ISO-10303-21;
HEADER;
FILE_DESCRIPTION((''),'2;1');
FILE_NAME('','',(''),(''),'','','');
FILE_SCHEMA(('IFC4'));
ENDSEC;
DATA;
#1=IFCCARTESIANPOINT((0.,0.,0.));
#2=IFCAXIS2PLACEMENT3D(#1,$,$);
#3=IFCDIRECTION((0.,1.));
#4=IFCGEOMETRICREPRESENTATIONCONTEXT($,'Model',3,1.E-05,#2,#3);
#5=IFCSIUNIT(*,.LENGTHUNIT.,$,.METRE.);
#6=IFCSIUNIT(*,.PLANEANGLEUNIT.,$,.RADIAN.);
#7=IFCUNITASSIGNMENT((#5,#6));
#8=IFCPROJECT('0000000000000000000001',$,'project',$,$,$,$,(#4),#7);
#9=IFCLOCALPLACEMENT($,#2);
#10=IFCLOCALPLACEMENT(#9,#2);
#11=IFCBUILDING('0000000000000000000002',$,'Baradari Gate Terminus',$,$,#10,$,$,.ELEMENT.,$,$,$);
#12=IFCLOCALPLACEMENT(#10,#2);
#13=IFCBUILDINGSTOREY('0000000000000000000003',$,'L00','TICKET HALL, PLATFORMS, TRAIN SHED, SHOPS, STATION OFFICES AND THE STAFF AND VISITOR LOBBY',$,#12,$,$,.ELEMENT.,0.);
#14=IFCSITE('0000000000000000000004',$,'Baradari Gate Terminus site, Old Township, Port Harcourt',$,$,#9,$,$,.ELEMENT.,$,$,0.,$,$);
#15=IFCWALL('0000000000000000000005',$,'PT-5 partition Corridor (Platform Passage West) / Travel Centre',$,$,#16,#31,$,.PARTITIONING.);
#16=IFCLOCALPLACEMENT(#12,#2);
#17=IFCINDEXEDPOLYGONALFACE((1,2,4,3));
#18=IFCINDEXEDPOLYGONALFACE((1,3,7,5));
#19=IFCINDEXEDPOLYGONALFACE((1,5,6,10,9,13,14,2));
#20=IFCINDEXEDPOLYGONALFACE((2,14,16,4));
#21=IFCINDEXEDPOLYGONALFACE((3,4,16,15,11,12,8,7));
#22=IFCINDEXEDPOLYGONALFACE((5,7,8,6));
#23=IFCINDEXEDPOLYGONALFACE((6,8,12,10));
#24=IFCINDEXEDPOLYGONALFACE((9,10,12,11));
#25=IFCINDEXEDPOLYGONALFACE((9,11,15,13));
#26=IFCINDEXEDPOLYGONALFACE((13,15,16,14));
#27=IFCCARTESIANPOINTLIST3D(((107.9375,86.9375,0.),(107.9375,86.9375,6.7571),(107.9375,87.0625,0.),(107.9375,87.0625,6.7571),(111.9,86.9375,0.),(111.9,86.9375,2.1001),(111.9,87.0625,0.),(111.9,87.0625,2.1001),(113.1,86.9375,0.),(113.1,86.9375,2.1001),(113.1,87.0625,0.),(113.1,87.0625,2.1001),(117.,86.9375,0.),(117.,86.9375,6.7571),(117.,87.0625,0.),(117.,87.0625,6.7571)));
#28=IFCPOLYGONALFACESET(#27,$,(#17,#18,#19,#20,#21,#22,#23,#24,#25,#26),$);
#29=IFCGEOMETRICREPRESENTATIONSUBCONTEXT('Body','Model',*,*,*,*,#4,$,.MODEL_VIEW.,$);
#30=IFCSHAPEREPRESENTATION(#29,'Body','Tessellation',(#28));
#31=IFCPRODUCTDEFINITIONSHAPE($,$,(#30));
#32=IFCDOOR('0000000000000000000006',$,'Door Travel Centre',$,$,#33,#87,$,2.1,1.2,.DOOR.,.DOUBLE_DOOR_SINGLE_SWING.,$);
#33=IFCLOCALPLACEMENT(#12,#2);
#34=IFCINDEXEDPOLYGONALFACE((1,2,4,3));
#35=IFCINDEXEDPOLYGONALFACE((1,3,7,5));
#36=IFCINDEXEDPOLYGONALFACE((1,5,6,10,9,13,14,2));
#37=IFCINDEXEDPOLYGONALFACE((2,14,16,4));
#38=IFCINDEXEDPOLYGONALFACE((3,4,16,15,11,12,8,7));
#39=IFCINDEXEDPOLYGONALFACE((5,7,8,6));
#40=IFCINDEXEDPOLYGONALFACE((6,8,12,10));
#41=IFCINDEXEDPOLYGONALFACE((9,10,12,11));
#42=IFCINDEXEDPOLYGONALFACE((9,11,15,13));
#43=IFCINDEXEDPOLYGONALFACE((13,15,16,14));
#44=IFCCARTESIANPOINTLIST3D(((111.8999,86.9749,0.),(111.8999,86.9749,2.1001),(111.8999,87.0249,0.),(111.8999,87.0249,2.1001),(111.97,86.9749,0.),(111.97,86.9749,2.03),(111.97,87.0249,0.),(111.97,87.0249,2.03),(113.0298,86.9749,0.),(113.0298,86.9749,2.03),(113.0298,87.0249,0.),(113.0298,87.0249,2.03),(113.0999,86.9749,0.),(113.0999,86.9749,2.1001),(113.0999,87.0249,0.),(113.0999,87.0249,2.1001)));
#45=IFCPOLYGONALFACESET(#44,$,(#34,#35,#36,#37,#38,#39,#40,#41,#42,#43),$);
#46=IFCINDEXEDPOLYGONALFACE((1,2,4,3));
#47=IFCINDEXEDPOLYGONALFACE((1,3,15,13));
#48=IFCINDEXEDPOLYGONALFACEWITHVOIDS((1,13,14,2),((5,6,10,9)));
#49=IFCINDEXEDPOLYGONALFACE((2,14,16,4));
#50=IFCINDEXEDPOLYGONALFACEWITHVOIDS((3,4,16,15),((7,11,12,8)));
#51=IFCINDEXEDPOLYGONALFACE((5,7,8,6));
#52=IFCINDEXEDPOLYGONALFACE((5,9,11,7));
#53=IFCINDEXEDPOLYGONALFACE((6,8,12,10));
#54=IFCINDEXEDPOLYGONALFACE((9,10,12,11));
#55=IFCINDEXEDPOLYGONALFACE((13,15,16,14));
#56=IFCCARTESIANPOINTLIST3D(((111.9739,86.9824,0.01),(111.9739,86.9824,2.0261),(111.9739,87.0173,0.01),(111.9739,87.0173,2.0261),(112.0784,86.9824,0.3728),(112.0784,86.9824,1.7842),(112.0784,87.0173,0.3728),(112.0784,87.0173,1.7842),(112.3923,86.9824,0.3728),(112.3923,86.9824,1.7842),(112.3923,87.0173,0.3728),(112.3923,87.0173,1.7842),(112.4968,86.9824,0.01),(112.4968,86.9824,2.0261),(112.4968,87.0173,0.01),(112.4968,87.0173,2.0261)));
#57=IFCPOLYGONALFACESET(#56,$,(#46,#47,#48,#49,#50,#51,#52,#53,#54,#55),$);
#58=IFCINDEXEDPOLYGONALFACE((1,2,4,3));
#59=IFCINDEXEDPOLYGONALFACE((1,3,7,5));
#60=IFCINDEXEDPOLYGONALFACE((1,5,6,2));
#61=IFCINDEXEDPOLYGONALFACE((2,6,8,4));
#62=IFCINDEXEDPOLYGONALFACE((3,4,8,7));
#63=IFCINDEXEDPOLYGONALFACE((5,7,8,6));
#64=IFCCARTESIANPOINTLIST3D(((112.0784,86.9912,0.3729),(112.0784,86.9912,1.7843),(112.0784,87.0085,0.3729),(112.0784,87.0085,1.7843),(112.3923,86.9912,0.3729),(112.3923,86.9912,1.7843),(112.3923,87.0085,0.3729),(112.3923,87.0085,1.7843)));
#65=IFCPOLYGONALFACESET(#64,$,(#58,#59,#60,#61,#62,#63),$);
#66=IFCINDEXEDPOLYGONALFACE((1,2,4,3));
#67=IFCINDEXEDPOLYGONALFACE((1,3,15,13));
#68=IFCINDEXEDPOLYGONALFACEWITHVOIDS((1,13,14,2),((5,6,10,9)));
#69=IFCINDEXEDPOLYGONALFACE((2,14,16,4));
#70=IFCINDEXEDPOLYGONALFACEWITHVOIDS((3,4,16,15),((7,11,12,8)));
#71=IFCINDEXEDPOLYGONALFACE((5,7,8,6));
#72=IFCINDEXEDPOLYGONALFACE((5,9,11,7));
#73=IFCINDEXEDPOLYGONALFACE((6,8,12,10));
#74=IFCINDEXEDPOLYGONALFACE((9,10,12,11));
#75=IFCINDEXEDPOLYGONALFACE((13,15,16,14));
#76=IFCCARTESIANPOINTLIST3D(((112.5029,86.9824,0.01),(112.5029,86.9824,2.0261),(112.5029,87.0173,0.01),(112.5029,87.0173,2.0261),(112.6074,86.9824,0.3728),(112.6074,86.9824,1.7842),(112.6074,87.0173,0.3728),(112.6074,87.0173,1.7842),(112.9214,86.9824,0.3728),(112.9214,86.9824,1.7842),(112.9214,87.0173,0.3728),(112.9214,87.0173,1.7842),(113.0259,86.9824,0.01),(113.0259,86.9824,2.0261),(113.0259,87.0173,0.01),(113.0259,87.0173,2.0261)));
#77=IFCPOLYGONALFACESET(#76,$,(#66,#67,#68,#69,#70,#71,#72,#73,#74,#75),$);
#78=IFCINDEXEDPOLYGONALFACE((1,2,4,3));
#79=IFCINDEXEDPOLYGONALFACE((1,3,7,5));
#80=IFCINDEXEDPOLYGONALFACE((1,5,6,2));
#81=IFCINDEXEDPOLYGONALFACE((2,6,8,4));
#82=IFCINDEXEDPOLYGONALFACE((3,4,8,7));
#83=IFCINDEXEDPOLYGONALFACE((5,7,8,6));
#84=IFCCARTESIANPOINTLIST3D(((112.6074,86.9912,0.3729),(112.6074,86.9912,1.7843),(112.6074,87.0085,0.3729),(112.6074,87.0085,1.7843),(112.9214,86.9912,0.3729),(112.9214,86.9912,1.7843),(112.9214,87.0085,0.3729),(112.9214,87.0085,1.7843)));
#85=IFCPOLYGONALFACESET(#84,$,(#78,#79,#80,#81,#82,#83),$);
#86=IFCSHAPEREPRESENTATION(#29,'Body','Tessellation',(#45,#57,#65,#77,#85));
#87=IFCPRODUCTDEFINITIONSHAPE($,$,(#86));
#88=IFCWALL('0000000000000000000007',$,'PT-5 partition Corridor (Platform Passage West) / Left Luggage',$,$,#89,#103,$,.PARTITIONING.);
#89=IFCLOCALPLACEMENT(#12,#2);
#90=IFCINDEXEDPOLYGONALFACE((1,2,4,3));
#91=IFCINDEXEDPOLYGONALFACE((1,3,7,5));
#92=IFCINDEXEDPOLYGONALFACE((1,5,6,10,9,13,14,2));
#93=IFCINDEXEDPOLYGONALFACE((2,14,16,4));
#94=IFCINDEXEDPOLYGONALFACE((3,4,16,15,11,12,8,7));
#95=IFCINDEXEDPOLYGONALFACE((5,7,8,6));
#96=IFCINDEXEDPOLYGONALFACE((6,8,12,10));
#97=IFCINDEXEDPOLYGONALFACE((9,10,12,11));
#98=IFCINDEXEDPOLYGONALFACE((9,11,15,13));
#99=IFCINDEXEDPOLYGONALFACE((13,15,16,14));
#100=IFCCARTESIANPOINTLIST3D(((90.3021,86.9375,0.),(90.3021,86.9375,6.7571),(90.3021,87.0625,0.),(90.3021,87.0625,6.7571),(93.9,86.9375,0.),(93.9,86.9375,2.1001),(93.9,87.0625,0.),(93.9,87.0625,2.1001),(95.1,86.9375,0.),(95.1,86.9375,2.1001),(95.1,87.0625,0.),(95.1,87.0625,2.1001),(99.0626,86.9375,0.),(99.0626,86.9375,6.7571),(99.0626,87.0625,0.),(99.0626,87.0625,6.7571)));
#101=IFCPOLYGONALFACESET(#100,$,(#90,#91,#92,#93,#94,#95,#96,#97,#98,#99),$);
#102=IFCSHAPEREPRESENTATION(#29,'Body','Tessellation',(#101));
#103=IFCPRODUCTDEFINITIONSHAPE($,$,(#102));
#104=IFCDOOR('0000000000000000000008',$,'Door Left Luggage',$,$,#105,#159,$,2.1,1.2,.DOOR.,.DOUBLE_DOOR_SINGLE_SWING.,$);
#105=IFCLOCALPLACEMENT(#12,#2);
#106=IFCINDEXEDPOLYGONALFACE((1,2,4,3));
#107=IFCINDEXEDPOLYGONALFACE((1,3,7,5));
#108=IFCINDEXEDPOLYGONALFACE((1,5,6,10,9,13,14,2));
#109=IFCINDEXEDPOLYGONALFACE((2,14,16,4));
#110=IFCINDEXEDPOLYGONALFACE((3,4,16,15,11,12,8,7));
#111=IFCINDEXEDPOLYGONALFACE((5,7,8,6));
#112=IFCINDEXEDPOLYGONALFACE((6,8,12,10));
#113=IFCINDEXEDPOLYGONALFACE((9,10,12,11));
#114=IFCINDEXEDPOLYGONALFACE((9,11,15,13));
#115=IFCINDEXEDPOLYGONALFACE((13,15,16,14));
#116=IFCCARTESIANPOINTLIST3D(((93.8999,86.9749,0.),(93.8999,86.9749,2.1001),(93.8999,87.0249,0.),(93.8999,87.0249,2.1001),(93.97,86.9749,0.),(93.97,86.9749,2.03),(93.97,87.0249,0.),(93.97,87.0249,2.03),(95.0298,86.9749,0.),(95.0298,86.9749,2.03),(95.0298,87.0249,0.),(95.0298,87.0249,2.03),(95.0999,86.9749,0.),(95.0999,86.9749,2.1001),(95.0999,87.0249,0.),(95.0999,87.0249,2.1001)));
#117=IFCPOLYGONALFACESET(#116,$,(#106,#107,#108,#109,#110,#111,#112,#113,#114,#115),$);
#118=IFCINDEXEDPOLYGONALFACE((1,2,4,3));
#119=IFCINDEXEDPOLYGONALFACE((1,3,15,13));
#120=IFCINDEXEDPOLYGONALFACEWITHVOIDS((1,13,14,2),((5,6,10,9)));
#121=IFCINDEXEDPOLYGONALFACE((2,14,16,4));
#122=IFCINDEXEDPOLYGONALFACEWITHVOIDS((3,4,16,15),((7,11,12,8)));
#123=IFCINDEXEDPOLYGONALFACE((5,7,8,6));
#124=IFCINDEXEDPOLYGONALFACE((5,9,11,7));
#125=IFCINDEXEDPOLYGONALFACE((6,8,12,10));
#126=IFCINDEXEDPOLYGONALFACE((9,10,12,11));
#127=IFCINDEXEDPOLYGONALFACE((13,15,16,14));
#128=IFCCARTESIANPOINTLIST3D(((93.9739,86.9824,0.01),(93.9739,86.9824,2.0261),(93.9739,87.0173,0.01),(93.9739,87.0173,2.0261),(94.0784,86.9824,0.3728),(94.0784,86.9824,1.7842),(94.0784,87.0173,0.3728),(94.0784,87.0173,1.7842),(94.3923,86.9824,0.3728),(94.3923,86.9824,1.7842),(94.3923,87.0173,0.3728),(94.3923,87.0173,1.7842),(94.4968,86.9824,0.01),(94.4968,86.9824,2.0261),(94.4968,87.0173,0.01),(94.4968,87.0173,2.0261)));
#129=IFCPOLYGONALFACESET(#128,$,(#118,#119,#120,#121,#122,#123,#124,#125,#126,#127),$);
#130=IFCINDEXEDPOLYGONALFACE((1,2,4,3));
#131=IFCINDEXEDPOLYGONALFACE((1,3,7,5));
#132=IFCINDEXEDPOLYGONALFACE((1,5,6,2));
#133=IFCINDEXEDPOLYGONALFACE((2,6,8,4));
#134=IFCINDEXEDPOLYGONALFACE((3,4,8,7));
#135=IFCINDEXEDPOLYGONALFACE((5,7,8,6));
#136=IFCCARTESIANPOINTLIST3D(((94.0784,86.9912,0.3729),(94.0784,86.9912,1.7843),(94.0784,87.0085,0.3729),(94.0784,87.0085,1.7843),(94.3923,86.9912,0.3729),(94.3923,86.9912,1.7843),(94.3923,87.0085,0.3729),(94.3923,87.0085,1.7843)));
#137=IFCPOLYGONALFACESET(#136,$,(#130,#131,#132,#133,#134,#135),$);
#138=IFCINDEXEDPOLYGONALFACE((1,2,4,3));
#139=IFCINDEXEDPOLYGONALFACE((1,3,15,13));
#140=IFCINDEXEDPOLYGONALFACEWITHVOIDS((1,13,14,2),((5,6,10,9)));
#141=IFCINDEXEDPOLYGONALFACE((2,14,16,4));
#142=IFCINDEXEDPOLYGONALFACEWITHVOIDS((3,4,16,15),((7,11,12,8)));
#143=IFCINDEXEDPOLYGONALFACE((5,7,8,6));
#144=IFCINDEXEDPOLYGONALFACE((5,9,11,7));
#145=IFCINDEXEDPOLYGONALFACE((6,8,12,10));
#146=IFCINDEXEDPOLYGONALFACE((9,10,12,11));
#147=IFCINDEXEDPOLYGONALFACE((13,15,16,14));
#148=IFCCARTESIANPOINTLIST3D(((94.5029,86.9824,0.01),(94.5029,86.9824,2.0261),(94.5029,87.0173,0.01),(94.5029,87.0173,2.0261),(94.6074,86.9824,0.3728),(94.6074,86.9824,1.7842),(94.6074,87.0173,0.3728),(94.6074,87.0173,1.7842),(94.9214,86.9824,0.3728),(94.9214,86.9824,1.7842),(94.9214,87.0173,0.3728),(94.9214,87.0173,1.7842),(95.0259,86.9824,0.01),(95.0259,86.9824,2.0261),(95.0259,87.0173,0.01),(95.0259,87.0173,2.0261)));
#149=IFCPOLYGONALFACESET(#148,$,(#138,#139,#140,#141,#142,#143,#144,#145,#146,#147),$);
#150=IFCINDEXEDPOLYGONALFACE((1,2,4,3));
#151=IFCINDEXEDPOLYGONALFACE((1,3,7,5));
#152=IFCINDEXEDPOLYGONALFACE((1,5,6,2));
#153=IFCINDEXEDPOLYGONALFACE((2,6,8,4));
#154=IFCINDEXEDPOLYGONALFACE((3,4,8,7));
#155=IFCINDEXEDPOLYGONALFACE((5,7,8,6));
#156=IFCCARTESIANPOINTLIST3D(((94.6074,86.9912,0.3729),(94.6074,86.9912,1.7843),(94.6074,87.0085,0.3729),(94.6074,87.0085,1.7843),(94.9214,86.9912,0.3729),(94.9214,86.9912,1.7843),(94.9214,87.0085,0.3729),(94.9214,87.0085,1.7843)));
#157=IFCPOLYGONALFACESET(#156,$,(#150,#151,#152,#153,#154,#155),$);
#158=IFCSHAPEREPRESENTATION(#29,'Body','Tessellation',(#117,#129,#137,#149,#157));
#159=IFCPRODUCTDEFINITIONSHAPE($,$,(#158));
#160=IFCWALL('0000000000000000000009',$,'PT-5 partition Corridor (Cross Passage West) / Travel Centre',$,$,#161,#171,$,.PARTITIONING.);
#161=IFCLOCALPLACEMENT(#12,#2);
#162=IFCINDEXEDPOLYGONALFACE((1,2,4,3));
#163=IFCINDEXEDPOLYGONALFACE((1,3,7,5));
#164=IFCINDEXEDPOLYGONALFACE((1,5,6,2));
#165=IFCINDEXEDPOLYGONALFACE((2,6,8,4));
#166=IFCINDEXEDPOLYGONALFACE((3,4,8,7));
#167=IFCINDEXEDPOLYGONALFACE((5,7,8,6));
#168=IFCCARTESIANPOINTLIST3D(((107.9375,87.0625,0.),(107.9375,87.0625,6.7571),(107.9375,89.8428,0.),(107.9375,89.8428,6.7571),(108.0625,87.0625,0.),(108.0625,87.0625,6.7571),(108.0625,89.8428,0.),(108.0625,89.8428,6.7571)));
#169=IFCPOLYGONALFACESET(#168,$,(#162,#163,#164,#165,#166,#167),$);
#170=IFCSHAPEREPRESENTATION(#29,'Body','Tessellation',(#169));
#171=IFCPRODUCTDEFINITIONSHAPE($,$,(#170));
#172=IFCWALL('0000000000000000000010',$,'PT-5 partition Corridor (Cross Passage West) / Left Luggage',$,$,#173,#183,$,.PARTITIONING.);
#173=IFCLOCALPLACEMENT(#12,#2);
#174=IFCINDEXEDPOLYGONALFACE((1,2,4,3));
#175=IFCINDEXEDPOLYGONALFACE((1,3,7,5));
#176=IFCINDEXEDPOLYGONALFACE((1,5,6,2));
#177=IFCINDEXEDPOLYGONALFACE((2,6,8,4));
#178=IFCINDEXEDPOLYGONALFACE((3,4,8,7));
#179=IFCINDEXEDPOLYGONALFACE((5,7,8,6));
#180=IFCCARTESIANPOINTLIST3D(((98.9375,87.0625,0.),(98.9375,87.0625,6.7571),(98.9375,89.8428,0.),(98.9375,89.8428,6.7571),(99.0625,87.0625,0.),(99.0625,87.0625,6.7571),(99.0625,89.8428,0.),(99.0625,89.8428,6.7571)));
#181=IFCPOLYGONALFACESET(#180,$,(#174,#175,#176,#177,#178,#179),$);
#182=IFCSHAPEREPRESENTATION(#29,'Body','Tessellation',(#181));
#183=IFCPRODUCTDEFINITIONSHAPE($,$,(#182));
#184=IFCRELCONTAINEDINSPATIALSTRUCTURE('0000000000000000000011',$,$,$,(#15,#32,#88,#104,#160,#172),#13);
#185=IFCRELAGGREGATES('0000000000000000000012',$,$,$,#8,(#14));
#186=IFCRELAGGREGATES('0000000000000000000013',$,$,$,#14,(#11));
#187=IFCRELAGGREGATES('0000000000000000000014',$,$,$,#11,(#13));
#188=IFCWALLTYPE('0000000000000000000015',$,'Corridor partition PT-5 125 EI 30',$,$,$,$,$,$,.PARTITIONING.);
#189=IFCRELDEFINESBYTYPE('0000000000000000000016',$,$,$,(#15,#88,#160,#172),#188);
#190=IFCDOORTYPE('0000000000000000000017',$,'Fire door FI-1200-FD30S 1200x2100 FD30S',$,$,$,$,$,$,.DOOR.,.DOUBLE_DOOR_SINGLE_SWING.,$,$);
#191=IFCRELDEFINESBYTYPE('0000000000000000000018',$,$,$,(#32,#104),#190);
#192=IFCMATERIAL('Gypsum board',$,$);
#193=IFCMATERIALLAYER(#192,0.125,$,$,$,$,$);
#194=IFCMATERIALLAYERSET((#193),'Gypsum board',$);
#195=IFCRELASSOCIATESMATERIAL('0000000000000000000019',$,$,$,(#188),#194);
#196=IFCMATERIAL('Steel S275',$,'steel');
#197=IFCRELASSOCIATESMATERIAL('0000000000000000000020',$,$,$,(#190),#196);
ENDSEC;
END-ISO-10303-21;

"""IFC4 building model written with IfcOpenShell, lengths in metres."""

from ifc_helpers import new_model, si_unit, direction, frame, frame_2d, origin, place, context, subcontext, project, spatial, polyline, rectangle, outline, extrude, material, layer, layer_set, type_object, element, fill, save


model = new_model("IFC4")

# Units and contexts
model_context = context("Model", 3, precision=1e-05, world=origin(), true_north=direction((0.0, 1.0)))
body_context = subcontext(model_context, "Body", "Model", "MODEL_VIEW")
ifc_project = project(units=[si_unit("LENGTHUNIT", "METRE"), si_unit("PLANEANGLEUNIT", "RADIAN")], contexts=[model_context])

# Site, building, storey
site_placement = place(None, origin())
site = spatial("IfcSite", under=ifc_project, at=site_placement, Name="Baradari Gate Terminus site, Old Township, Port Harcourt", CompositionType="ELEMENT", RefElevation=0.0)
building_placement = place(site_placement, origin())
building = spatial("IfcBuilding", under=site, at=building_placement, Name="Baradari Gate Terminus", CompositionType="ELEMENT")
storey_placement = place(building_placement, origin())
storey = spatial("IfcBuildingStorey", under=building, at=storey_placement, Name="L00", Description="TICKET HALL, PLATFORMS, TRAIN SHED, SHOPS, STATION OFFICES AND THE STAFF AND VISITOR LOBBY", CompositionType="ELEMENT", Elevation=0.0)

# Walls, openings, doors
ifc_material_1 = material(Name="Gypsum board")
ifc_layer = layer(ifc_material_1, 0.125)
ifc_layer_set = layer_set([ifc_layer], Name="Gypsum board")
wall_type = type_object("IfcWallType", Name="Corridor partition PT-5 125 EI 30", PredefinedType="PARTITIONING", material=ifc_layer_set)
wall_1_placement = place(storey_placement, frame((107.9375, 87.0, 0.0), z_axis=(0.0, 0.0, 1.0), x_axis=(1.0, 0.0, 0.0)))
wall_1 = element("IfcWall", 1, at=wall_1_placement, inside=storey, type_object=wall_type, Name="PT-5 partition Corridor (Platform Passage West) / Travel Centre", PredefinedType="PARTITIONING", context=body_context, shape_type="SweptSolid", body=[
    extrude(rectangle(XDim=9.0625, YDim=0.125, at=frame_2d((4.5312, 0.0))), origin(), (0.0, 0.0, 1.0), 6.7571),
])
opening_1_placement = place(wall_1_placement, frame((3.9624, 0.0, 0.0)))
opening_1 = element("IfcOpeningElement", 2, at=opening_1_placement, cuts=wall_1, PredefinedType="OPENING", context=body_context, shape_type="SweptSolid", body=[
    extrude(rectangle(XDim=1.2, YDim=2.1001, at=frame_2d((0.6001, 1.05))), frame((0.0, 0.0725, 0.0), z_axis=(0.0, -1.0, 0.0), x_axis=(1.0, 0.0, 0.0)), (0.0, 0.0, 1.0), 0.145),
])
ifc_material_2 = material(Name="Steel S275", Category="steel")
door_type = type_object("IfcDoorType", Name="Fire door FI-1200-FD30S 1200x2100 FD30S", OperationType="DOUBLE_DOOR_SINGLE_SWING", PredefinedType="DOOR", material=ifc_material_2)
door_1_placement = place(opening_1_placement, origin())
door_1 = element("IfcDoor", 3, at=door_1_placement, inside=storey, type_object=door_type, Name="Door Travel Centre", OperationType="DOUBLE_DOOR_SINGLE_SWING", OverallHeight=2.1, OverallWidth=1.2, PredefinedType="DOOR", context=body_context, shape_type="SweptSolid", body=[
    extrude(outline(polyline([(0.0, 0.0), (0.0701, 0.0), (0.0701, 2.03), (1.1299, 2.03), (1.1299, 0.0), (1.2, 0.0), (1.2, 2.1001), (0.0, 2.1001), (0.0, 0.0)])), frame((0.0, 0.0249, 0.0), z_axis=(0.0, -1.0, 0.0), x_axis=(1.0, 0.0, 0.0)), (0.0, 0.0, 1.0), 0.05),
    extrude(outline(polyline([(0.074, 0.01), (0.5969, 0.01), (0.5969, 2.0261), (0.074, 2.0261), (0.074, 0.01)]), holes=[polyline([(0.1785, 0.3728), (0.4924, 0.3728), (0.4924, 1.7842), (0.1785, 1.7842), (0.1785, 0.3728)])]), frame((0.0, 0.0173, 0.0), z_axis=(0.0, -1.0, 0.0), x_axis=(1.0, 0.0, 0.0)), (0.0, 0.0, 1.0), 0.0349),
    extrude(rectangle(XDim=0.314, YDim=1.4114, at=frame_2d((0.3354, 1.0786))), frame((0.0, 0.0085, 0.0), z_axis=(0.0, -1.0, 0.0), x_axis=(1.0, 0.0, 0.0)), (0.0, 0.0, 1.0), 0.0173),
    extrude(outline(polyline([(0.603, 0.01), (1.126, 0.01), (1.126, 2.0261), (0.603, 2.0261), (0.603, 0.01)]), holes=[polyline([(0.7075, 0.3728), (1.0215, 0.3728), (1.0215, 1.7842), (0.7075, 1.7842), (0.7075, 0.3728)])]), frame((0.0, 0.0173, 0.0), z_axis=(0.0, -1.0, 0.0), x_axis=(1.0, 0.0, 0.0)), (0.0, 0.0, 1.0), 0.0349),
    extrude(rectangle(XDim=0.314, YDim=1.4114, at=frame_2d((0.8645, 1.0786))), frame((0.0, 0.0085, 0.0), z_axis=(0.0, -1.0, 0.0), x_axis=(1.0, 0.0, 0.0)), (0.0, 0.0, 1.0), 0.0173),
])
fill(opening_1, door_1)
wall_2_placement = place(storey_placement, frame((90.302, 87.0, 0.0), z_axis=(0.0, 0.0, 1.0), x_axis=(1.0, 0.0, 0.0)))
wall_2 = element("IfcWall", 4, at=wall_2_placement, inside=storey, type_object=wall_type, Name="PT-5 partition Corridor (Platform Passage West) / Left Luggage", PredefinedType="PARTITIONING", context=body_context, shape_type="SweptSolid", body=[
    extrude(rectangle(XDim=8.7605, YDim=0.125, at=frame_2d((4.3804, 0.0))), origin(), (0.0, 0.0, 1.0), 6.7571),
])
opening_2_placement = place(wall_2_placement, frame((3.5979, 0.0, 0.0)))
opening_2 = element("IfcOpeningElement", 5, at=opening_2_placement, cuts=wall_2, PredefinedType="OPENING", context=body_context, shape_type="SweptSolid", body=[
    extrude(rectangle(XDim=1.2, YDim=2.1001, at=frame_2d((0.6001, 1.05))), frame((0.0, 0.0725, 0.0), z_axis=(0.0, -1.0, 0.0), x_axis=(1.0, 0.0, 0.0)), (0.0, 0.0, 1.0), 0.145),
])
door_2_placement = place(opening_2_placement, origin())
door_2 = element("IfcDoor", 6, at=door_2_placement, inside=storey, type_object=door_type, Name="Door Left Luggage", OperationType="DOUBLE_DOOR_SINGLE_SWING", OverallHeight=2.1, OverallWidth=1.2, PredefinedType="DOOR", context=body_context, shape_type="SweptSolid", body=[
    extrude(outline(polyline([(0.0, 0.0), (0.0701, 0.0), (0.0701, 2.03), (1.1299, 2.03), (1.1299, 0.0), (1.2, 0.0), (1.2, 2.1001), (0.0, 2.1001), (0.0, 0.0)])), frame((0.0, 0.0249, 0.0), z_axis=(0.0, -1.0, 0.0), x_axis=(1.0, 0.0, 0.0)), (0.0, 0.0, 1.0), 0.05),
    extrude(outline(polyline([(0.074, 0.01), (0.5969, 0.01), (0.5969, 2.0261), (0.074, 2.0261), (0.074, 0.01)]), holes=[polyline([(0.1785, 0.3728), (0.4924, 0.3728), (0.4924, 1.7842), (0.1785, 1.7842), (0.1785, 0.3728)])]), frame((0.0, 0.0173, 0.0), z_axis=(0.0, -1.0, 0.0), x_axis=(1.0, 0.0, 0.0)), (0.0, 0.0, 1.0), 0.0349),
    extrude(rectangle(XDim=0.314, YDim=1.4114, at=frame_2d((0.3354, 1.0786))), frame((0.0, 0.0085, 0.0), z_axis=(0.0, -1.0, 0.0), x_axis=(1.0, 0.0, 0.0)), (0.0, 0.0, 1.0), 0.0173),
    extrude(outline(polyline([(0.603, 0.01), (1.126, 0.01), (1.126, 2.0261), (0.603, 2.0261), (0.603, 0.01)]), holes=[polyline([(0.7075, 0.3728), (1.0215, 0.3728), (1.0215, 1.7842), (0.7075, 1.7842), (0.7075, 0.3728)])]), frame((0.0, 0.0173, 0.0), z_axis=(0.0, -1.0, 0.0), x_axis=(1.0, 0.0, 0.0)), (0.0, 0.0, 1.0), 0.0349),
    extrude(rectangle(XDim=0.314, YDim=1.4114, at=frame_2d((0.8645, 1.0786))), frame((0.0, 0.0085, 0.0), z_axis=(0.0, -1.0, 0.0), x_axis=(1.0, 0.0, 0.0)), (0.0, 0.0, 1.0), 0.0173),
])
fill(opening_2, door_2)

# Walls
for number, where, z_axis, x_axis, name in (
    (7, (108.0, 89.8428, 0.0), (0.0, 0.0, 1.0), (0.0, -1.0, 0.0), "PT-5 partition Corridor (Cross Passage West) / Travel Centre"),
    (8, (99.0, 87.0625, 0.0), (0.0, 0.0, 1.0), (0.0, 1.0, 0.0), "PT-5 partition Corridor (Cross Passage West) / Left Luggage"),
):
    element("IfcWall", number, at=place(storey_placement, frame(where, z_axis=z_axis, x_axis=x_axis)), inside=storey, type_object=wall_type, Name=name, PredefinedType="PARTITIONING", context=body_context, shape_type="SweptSolid", body=[
        extrude(rectangle(XDim=2.7803, YDim=0.125, at=frame_2d((1.3901, 0.0))), origin(), (0.0, 0.0, 1.0), 6.7571),
    ])

save(model, "model.ifc")
